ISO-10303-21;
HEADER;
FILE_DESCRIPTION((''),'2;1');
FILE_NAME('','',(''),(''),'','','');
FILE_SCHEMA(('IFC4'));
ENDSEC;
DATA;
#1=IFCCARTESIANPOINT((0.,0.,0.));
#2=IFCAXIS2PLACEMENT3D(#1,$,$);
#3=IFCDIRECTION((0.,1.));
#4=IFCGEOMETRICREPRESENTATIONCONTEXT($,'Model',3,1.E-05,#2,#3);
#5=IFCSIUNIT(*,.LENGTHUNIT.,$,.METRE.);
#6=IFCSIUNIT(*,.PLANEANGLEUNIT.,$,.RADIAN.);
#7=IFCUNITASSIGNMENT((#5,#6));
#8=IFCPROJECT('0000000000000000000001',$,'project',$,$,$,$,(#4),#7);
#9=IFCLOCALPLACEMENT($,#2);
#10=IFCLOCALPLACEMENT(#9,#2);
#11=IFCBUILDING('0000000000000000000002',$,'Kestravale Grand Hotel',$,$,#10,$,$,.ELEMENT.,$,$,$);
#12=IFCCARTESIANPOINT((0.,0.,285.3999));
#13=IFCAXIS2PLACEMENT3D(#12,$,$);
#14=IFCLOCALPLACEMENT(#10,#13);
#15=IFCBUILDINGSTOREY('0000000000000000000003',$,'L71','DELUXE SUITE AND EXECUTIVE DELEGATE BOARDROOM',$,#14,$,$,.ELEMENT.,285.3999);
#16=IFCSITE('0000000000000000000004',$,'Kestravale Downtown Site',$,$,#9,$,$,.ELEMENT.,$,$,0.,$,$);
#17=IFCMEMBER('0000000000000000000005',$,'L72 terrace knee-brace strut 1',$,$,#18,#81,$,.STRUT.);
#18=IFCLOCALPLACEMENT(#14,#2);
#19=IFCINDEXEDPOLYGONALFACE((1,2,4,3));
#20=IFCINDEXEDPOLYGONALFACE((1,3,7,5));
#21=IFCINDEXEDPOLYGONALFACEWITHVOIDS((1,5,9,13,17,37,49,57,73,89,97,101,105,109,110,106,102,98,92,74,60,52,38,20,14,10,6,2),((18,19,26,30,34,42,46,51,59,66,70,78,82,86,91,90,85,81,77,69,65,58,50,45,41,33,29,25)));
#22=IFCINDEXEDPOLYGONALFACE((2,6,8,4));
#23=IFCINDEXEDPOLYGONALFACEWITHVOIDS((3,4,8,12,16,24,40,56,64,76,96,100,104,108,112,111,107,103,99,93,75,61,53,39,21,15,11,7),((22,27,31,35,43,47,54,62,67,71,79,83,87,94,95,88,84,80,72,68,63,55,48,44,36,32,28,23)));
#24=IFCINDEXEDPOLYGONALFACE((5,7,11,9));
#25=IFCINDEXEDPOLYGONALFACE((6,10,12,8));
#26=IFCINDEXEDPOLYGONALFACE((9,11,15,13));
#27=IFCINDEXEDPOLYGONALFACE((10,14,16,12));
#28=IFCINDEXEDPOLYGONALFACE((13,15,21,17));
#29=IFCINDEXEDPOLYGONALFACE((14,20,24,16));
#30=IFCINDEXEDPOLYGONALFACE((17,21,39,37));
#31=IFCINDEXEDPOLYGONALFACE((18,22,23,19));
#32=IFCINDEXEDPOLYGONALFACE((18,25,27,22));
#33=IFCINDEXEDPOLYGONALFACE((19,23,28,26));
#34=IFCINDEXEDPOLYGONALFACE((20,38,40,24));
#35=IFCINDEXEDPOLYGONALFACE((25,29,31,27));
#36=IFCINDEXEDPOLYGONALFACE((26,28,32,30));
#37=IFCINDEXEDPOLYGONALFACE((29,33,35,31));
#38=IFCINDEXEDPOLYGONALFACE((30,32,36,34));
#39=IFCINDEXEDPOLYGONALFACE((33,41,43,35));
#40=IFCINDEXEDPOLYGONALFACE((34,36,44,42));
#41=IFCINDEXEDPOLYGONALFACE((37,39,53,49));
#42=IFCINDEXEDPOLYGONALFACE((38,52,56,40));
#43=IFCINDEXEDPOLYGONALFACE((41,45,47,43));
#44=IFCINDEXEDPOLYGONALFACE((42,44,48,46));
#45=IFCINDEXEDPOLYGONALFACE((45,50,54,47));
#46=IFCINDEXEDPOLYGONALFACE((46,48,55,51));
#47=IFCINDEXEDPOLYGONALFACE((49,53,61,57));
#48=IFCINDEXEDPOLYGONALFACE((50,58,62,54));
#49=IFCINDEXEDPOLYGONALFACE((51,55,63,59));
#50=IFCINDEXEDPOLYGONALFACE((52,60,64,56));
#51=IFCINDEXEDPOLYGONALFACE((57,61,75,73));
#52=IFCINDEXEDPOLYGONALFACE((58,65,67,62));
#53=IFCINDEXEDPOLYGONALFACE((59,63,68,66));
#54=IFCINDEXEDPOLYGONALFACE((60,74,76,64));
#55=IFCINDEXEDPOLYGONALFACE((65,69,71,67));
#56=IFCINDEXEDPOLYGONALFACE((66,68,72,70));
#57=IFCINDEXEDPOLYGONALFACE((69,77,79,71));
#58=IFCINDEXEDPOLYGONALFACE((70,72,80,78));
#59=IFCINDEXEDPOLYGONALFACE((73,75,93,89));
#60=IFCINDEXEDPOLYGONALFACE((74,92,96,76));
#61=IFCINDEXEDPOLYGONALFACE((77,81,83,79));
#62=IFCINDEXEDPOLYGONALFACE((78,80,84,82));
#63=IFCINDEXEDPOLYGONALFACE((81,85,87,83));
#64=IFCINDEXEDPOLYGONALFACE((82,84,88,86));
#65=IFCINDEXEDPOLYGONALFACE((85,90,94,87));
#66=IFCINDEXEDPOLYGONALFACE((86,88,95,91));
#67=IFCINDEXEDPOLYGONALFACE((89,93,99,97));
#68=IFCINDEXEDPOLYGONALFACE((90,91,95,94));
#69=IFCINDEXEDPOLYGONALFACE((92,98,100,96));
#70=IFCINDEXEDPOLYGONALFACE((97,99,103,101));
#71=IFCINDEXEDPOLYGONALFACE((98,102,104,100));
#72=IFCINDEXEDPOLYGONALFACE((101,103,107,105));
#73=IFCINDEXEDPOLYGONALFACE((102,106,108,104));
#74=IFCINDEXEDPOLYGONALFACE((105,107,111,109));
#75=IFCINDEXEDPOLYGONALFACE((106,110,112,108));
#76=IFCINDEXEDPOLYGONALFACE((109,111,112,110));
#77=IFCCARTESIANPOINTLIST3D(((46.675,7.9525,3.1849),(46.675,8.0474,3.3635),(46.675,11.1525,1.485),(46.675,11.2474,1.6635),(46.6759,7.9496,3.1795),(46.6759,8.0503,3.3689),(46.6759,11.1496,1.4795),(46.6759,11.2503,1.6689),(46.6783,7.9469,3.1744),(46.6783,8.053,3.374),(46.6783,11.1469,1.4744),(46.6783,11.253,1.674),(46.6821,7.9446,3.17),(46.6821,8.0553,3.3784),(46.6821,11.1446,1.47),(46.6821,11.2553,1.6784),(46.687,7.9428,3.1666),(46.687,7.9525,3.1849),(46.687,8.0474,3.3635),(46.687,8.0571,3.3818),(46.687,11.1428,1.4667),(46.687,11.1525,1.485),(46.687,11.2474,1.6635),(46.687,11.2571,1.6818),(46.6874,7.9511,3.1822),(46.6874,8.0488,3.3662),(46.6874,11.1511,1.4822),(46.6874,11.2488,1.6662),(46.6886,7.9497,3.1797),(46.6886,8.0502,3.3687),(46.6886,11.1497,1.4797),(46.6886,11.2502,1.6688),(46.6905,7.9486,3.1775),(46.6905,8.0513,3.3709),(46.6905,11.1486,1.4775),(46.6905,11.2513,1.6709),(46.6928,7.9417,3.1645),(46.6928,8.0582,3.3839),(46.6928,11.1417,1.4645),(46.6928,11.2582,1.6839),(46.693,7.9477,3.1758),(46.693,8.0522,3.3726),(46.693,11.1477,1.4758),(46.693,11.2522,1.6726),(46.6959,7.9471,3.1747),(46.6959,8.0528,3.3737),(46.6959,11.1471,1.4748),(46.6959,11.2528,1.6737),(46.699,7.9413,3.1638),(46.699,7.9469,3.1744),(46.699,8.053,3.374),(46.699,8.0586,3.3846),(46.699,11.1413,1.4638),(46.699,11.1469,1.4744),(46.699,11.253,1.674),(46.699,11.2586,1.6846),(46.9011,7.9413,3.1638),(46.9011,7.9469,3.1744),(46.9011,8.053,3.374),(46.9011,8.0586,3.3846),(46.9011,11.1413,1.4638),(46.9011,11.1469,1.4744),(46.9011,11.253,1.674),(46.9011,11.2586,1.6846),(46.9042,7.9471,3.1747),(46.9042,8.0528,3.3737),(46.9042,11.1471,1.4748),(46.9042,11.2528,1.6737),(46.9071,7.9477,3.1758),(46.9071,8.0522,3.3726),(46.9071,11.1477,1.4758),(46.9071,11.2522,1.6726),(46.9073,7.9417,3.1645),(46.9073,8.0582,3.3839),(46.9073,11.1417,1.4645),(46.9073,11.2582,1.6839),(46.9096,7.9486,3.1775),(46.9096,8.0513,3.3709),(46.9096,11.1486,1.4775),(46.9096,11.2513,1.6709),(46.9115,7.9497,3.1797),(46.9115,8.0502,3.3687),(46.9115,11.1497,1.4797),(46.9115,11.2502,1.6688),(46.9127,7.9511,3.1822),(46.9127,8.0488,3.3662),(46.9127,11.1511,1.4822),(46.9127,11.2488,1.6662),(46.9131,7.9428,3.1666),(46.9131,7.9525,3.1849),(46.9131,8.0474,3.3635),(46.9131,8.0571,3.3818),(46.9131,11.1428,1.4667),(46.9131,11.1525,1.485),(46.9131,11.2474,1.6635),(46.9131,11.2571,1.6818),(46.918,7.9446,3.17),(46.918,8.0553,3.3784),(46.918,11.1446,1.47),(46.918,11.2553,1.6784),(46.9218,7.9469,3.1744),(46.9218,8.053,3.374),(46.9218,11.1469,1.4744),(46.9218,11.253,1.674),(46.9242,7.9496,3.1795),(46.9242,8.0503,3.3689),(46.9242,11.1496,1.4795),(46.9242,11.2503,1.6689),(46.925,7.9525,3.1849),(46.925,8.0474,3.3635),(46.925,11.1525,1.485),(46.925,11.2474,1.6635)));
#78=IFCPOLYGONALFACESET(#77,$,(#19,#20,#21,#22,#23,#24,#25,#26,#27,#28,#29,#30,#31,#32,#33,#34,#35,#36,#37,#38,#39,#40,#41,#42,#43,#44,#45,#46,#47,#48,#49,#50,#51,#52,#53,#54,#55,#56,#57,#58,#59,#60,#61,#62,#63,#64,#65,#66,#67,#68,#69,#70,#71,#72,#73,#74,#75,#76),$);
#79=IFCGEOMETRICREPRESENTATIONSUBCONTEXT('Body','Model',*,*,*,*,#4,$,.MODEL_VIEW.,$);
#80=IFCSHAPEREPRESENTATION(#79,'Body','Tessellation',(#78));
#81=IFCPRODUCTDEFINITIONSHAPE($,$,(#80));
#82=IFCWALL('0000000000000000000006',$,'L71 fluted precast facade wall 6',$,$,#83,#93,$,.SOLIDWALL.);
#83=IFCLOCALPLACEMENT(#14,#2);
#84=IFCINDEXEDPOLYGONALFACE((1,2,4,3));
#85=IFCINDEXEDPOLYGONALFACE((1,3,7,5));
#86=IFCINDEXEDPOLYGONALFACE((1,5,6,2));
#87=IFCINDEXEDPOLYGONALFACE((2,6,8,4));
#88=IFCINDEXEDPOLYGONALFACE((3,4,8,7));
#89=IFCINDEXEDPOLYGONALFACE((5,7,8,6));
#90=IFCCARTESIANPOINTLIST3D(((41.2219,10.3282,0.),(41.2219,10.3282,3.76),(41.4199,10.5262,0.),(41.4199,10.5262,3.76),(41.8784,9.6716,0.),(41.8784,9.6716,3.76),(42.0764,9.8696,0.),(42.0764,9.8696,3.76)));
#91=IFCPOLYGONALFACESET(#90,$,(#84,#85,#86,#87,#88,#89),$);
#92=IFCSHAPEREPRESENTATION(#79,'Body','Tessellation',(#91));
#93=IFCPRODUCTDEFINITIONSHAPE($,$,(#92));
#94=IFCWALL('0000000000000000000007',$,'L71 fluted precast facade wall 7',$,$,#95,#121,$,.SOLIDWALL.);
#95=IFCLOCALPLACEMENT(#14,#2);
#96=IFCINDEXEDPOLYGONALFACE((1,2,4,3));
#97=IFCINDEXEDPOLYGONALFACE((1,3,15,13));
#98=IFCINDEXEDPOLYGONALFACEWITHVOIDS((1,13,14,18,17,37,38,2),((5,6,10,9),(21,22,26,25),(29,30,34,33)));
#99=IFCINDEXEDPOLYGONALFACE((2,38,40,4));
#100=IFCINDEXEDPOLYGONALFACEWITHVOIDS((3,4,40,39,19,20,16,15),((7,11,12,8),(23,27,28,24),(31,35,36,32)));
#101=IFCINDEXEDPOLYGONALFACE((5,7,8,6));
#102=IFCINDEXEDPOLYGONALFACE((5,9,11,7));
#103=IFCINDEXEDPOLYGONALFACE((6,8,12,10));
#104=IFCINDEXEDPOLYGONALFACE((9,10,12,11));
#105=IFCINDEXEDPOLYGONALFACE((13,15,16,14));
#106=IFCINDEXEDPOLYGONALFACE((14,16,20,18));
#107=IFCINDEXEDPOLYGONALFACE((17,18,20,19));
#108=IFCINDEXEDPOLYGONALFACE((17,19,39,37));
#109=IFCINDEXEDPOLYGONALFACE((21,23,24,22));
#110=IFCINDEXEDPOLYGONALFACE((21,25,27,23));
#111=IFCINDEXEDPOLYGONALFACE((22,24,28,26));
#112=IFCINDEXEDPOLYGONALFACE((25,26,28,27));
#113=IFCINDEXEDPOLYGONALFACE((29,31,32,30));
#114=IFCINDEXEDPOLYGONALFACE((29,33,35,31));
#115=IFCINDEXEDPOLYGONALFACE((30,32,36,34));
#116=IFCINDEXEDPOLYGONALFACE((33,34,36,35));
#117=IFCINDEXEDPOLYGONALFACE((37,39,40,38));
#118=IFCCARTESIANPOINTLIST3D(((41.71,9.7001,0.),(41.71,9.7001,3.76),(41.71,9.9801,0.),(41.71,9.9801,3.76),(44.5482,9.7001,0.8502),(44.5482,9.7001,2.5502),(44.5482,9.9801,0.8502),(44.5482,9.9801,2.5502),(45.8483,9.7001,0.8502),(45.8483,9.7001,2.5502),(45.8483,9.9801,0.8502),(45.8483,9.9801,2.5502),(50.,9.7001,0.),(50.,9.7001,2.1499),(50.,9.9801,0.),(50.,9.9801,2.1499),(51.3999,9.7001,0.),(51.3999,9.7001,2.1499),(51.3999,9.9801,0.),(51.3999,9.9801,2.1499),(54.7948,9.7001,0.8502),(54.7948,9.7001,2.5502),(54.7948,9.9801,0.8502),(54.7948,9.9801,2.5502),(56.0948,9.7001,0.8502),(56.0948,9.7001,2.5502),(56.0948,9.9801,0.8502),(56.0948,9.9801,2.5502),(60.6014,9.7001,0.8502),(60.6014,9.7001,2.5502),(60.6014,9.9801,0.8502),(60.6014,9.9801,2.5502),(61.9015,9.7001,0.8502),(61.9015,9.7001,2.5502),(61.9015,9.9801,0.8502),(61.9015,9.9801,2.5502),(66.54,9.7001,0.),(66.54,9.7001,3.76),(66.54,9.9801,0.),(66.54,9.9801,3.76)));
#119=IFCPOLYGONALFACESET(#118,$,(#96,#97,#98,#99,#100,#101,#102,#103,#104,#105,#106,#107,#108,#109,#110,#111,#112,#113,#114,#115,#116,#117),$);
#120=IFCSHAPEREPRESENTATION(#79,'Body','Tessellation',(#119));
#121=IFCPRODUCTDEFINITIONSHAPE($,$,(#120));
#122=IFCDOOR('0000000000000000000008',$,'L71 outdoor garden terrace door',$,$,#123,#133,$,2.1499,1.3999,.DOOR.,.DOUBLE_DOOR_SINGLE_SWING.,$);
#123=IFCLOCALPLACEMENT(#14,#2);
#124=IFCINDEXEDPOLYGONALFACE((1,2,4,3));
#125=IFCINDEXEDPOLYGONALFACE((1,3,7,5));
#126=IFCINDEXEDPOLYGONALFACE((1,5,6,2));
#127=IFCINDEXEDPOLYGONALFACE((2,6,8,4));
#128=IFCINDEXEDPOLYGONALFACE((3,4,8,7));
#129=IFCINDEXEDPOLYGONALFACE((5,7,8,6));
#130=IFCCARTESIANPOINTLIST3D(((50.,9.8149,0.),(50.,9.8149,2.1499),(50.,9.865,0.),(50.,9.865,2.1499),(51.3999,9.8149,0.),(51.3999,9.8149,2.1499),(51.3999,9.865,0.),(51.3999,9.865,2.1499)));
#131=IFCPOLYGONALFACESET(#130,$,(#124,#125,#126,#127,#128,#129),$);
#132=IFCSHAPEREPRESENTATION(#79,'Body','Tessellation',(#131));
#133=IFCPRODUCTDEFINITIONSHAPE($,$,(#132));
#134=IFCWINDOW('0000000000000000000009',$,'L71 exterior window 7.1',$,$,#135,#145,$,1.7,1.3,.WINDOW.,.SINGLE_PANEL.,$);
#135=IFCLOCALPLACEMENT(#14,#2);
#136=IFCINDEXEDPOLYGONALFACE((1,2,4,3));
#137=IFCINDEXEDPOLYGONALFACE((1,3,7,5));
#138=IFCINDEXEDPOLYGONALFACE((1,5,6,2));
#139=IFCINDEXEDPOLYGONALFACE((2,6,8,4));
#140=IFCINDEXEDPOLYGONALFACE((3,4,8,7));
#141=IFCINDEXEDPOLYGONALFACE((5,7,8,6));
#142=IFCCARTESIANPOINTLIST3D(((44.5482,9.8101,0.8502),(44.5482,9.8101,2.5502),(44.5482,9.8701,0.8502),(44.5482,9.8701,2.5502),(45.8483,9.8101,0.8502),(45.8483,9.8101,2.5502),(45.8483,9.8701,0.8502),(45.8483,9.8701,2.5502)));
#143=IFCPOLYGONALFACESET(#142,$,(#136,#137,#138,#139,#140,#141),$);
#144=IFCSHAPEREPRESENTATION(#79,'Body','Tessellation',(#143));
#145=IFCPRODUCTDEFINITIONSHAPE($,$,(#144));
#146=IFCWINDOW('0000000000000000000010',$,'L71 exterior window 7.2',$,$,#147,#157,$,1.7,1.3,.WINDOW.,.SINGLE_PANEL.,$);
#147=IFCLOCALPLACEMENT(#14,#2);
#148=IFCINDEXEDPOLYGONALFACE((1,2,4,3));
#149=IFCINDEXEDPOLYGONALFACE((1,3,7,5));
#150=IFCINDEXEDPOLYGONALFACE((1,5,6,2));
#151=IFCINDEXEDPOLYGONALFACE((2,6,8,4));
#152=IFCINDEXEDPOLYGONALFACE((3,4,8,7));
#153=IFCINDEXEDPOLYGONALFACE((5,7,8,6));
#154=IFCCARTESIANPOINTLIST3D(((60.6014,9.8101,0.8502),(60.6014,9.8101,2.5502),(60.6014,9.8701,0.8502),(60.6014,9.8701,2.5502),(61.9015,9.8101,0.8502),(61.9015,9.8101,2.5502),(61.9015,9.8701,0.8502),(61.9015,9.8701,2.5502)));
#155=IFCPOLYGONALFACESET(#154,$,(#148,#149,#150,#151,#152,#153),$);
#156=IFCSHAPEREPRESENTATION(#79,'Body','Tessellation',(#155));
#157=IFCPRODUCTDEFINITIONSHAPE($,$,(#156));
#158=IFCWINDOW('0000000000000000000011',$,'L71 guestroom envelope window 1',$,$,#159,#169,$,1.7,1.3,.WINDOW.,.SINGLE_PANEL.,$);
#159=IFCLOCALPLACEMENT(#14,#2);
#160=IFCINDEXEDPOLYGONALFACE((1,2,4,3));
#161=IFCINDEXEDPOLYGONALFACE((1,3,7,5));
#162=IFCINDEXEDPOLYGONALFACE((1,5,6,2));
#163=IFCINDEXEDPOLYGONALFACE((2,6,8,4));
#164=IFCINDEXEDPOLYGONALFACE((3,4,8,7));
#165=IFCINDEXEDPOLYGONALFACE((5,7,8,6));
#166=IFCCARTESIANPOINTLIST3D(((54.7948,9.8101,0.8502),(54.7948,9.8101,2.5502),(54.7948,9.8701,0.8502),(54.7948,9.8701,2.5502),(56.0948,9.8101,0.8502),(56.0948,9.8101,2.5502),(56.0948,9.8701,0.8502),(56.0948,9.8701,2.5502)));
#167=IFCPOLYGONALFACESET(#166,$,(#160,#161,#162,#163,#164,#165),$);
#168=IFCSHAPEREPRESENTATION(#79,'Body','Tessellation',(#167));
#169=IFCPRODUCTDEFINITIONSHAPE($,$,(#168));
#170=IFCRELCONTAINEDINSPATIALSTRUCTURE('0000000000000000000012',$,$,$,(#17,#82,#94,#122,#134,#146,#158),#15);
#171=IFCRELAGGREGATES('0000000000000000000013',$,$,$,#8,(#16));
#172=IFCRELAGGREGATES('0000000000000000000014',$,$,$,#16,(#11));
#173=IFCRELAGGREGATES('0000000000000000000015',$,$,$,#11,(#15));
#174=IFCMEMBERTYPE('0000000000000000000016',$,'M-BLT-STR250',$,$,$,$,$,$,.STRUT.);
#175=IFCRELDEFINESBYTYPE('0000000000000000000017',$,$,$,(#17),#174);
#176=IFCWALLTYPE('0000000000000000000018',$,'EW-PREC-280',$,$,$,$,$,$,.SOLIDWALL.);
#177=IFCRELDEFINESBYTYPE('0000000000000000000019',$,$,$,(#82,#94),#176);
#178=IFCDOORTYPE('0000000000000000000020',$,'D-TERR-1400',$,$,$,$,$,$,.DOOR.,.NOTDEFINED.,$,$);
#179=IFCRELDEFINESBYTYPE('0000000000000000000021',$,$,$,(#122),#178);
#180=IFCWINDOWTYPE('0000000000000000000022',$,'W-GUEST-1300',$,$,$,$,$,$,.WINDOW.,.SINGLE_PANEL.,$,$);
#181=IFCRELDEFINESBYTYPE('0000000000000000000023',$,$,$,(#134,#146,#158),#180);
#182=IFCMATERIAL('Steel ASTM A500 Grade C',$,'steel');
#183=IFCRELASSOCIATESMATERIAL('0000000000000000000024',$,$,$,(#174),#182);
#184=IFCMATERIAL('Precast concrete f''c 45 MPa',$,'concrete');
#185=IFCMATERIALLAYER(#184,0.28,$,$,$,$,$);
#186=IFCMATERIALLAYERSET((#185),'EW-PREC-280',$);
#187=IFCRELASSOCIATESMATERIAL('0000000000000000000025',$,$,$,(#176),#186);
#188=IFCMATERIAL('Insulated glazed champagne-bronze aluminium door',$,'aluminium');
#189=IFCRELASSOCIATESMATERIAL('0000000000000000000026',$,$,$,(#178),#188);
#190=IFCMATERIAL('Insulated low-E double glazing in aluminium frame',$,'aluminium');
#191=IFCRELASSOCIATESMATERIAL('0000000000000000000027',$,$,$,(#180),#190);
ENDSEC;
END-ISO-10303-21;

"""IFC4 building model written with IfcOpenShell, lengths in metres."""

from ifc_helpers import new_model, si_unit, direction, frame, frame_2d, origin, origin_2d, place, context, subcontext, project, spatial, rectangle, hollow_rectangle, extrude, material, layer, layer_set, material_profile, profile_set, type_object, element, fill, save


model = new_model("IFC4")

# Units and contexts
model_context = context("Model", 3, precision=1e-05, world=origin(), true_north=direction((0.0, 1.0)))
body_context = subcontext(model_context, "Body", "Model", "MODEL_VIEW")
ifc_project = project(units=[si_unit("LENGTHUNIT", "METRE"), si_unit("PLANEANGLEUNIT", "RADIAN")], contexts=[model_context])

# Site, building, storey
site_placement = place(None, origin())
site = spatial("IfcSite", under=ifc_project, at=site_placement, Name="Kestravale Downtown Site", CompositionType="ELEMENT", RefElevation=0.0)
building_placement = place(site_placement, origin())
building = spatial("IfcBuilding", under=site, at=building_placement, Name="Kestravale Grand Hotel", CompositionType="ELEMENT")
storey_placement = place(building_placement, frame((0.0, 0.0, 285.3999)))
storey = spatial("IfcBuildingStorey", under=building, at=storey_placement, Name="L71", Description="DELUXE SUITE AND EXECUTIVE DELEGATE BOARDROOM", CompositionType="ELEMENT", Elevation=285.3999)

# Member
ifc_material_1 = material(Name="Steel ASTM A500 Grade C", Category="steel")
ifc_material_profile_1 = material_profile(ifc_material_1, hollow_rectangle(XDim=0.25, YDim=0.25, WallThickness=0.012, InnerFilletRadius=0.012, OuterFilletRadius=0.0239, at=origin_2d()))
ifc_profile_set_1 = profile_set([ifc_material_profile_1], Name="Steel ASTM A500 Grade C")
member_type = type_object("IfcMemberType", Name="M-BLT-STR250", PredefinedType="STRUT", material=ifc_profile_set_1)
member_placement = place(storey_placement, frame((46.8, 11.2, 1.5742), z_axis=(0.0, -0.883118, 0.46915), x_axis=(1.0, 0.0, 0.0)))
element("IfcMember", 1, at=member_placement, inside=storey, type_object=member_type, Name="L72 terrace knee-brace strut 1", PredefinedType="STRUT", context=body_context, shape_type="SweptSolid", body=[
    extrude(hollow_rectangle(XDim=0.25, YDim=0.25, WallThickness=0.012, InnerFilletRadius=0.012, OuterFilletRadius=0.0239, at=origin_2d()), origin(), (0.0, 0.0, 1.0), 3.6235),
])

# Wall
ifc_material_2 = material(Name="Precast concrete f'c 45 MPa", Category="concrete")
ifc_layer_1 = layer(ifc_material_2, 0.28)
ifc_layer_set_1 = layer_set([ifc_layer_1], Name="EW-PREC-280")
wall_type_1 = type_object("IfcWallType", Name="EW-PREC-280", PredefinedType="SOLIDWALL", material=ifc_layer_set_1)
wall_1_placement = place(storey_placement, frame((41.3208, 10.4272, 0.0), z_axis=(0.0, 0.0, 1.0), x_axis=(0.707107, -0.707107, 0.0)))
element("IfcWall", 2, at=wall_1_placement, inside=storey, type_object=wall_type_1, Name="L71 fluted precast facade wall 6", PredefinedType="SOLIDWALL", context=body_context, shape_type="SweptSolid", body=[
    extrude(rectangle(XDim=0.9285, YDim=0.28, at=frame_2d((0.4644, 0.0))), origin(), (0.0, 0.0, 1.0), 3.76),
])

# Wall, openings, door, windows
wall_2_placement = place(storey_placement, frame((41.71, 9.8401, 0.0), z_axis=(0.0, 0.0, 1.0), x_axis=(1.0, 0.0, 0.0)))
wall_2 = element("IfcWall", 3, at=wall_2_placement, inside=storey, type_object=wall_type_1, Name="L71 fluted precast facade wall 7", PredefinedType="SOLIDWALL", context=body_context, shape_type="SweptSolid", body=[
    extrude(rectangle(XDim=24.8301, YDim=0.28, at=frame_2d((12.415, 0.0))), origin(), (0.0, 0.0, 1.0), 3.76),
])
opening_1_placement = place(wall_2_placement, frame((8.29, 0.0, 0.0)))
opening_1 = element("IfcOpeningElement", 4, at=opening_1_placement, cuts=wall_2, PredefinedType="OPENING", context=body_context, shape_type="SweptSolid", body=[
    extrude(rectangle(XDim=1.3999, YDim=2.1499, at=frame_2d((0.7, 1.075))), frame((0.0, 0.1499, 0.0), z_axis=(0.0, -1.0, 0.0), x_axis=(1.0, 0.0, 0.0)), (0.0, 0.0, 1.0), 0.3),
])
opening_2_placement = place(wall_2_placement, frame((2.8384, 0.0, 0.8501)))
opening_2 = element("IfcOpeningElement", 5, at=opening_2_placement, cuts=wall_2, PredefinedType="OPENING", context=body_context, shape_type="SweptSolid", body=[
    extrude(rectangle(XDim=1.3, YDim=1.7, at=frame_2d((0.6499, 0.8501))), frame((0.0, 0.1499, 0.0), z_axis=(0.0, -1.0, 0.0), x_axis=(1.0, 0.0, 0.0)), (0.0, 0.0, 1.0), 0.3),
])
opening_3_placement = place(wall_2_placement, frame((18.8916, 0.0, 0.8501)))
opening_3 = element("IfcOpeningElement", 6, at=opening_3_placement, cuts=wall_2, PredefinedType="OPENING", context=body_context, shape_type="SweptSolid", body=[
    extrude(rectangle(XDim=1.3, YDim=1.7, at=frame_2d((0.6499, 0.8501))), frame((0.0, 0.1499, 0.0), z_axis=(0.0, -1.0, 0.0), x_axis=(1.0, 0.0, 0.0)), (0.0, 0.0, 1.0), 0.3),
])
opening_4_placement = place(wall_2_placement, frame((13.085, 0.0, 0.8501)))
opening_4 = element("IfcOpeningElement", 7, at=opening_4_placement, cuts=wall_2, PredefinedType="OPENING", context=body_context, shape_type="SweptSolid", body=[
    extrude(rectangle(XDim=1.3, YDim=1.7, at=frame_2d((0.6499, 0.8501))), frame((0.0, 0.1499, 0.0), z_axis=(0.0, -1.0, 0.0), x_axis=(1.0, 0.0, 0.0)), (0.0, 0.0, 1.0), 0.3),
])
ifc_material_3 = material(Name="Insulated glazed champagne-bronze aluminium door", Category="aluminium")
door_type = type_object("IfcDoorType", Name="D-TERR-1400", OperationType="NOTDEFINED", PredefinedType="DOOR", material=ifc_material_3)
door_placement = place(opening_1_placement, origin())
door = element("IfcDoor", 8, at=door_placement, inside=storey, type_object=door_type, Name="L71 outdoor garden terrace door", OperationType="DOUBLE_DOOR_SINGLE_SWING", OverallHeight=2.1499, OverallWidth=1.3999, PredefinedType="DOOR", context=body_context, shape_type="SweptSolid", body=[
    extrude(rectangle(XDim=1.3999, YDim=2.1499, at=frame_2d((0.7, 1.075))), frame((0.0, 0.0249, 0.0), z_axis=(0.0, -1.0, 0.0), x_axis=(1.0, 0.0, 0.0)), (0.0, 0.0, 1.0), 0.05),
])
fill(opening_1, door)
ifc_material_4 = material(Name="Insulated low-E double glazing in aluminium frame", Category="aluminium")
window_type = type_object("IfcWindowType", Name="W-GUEST-1300", PartitioningType="SINGLE_PANEL", PredefinedType="WINDOW", material=ifc_material_4)
window_1_placement = place(opening_2_placement, origin())
window_1 = element("IfcWindow", 9, at=window_1_placement, inside=storey, type_object=window_type, Name="L71 exterior window 7.1", OverallHeight=1.7, OverallWidth=1.3, PartitioningType="SINGLE_PANEL", PredefinedType="WINDOW", context=body_context, shape_type="SweptSolid", body=[
    extrude(rectangle(XDim=1.3, YDim=1.7, at=frame_2d((0.6499, 0.8501))), frame((0.0, 0.03, 0.0), z_axis=(0.0, -1.0, 0.0), x_axis=(1.0, 0.0, 0.0)), (0.0, 0.0, 1.0), 0.0601),
])
fill(opening_2, window_1)
window_2_placement = place(opening_3_placement, origin())
window_2 = element("IfcWindow", 10, at=window_2_placement, inside=storey, type_object=window_type, Name="L71 exterior window 7.2", OverallHeight=1.7, OverallWidth=1.3, PartitioningType="SINGLE_PANEL", PredefinedType="WINDOW", context=body_context, shape_type="SweptSolid", body=[
    extrude(rectangle(XDim=1.3, YDim=1.7, at=frame_2d((0.6499, 0.8501))), frame((0.0, 0.03, 0.0), z_axis=(0.0, -1.0, 0.0), x_axis=(1.0, 0.0, 0.0)), (0.0, 0.0, 1.0), 0.0601),
])
fill(opening_3, window_2)
window_3_placement = place(opening_4_placement, origin())
window_3 = element("IfcWindow", 11, at=window_3_placement, inside=storey, type_object=window_type, Name="L71 guestroom envelope window 1", OverallHeight=1.7, OverallWidth=1.3, PartitioningType="SINGLE_PANEL", PredefinedType="WINDOW", context=body_context, shape_type="SweptSolid", body=[
    extrude(rectangle(XDim=1.3, YDim=1.7, at=frame_2d((0.6499, 0.8501))), frame((0.0, 0.03, 0.0), z_axis=(0.0, -1.0, 0.0), x_axis=(1.0, 0.0, 0.0)), (0.0, 0.0, 1.0), 0.0601),
])
fill(opening_4, window_3)

save(model, "model.ifc")
